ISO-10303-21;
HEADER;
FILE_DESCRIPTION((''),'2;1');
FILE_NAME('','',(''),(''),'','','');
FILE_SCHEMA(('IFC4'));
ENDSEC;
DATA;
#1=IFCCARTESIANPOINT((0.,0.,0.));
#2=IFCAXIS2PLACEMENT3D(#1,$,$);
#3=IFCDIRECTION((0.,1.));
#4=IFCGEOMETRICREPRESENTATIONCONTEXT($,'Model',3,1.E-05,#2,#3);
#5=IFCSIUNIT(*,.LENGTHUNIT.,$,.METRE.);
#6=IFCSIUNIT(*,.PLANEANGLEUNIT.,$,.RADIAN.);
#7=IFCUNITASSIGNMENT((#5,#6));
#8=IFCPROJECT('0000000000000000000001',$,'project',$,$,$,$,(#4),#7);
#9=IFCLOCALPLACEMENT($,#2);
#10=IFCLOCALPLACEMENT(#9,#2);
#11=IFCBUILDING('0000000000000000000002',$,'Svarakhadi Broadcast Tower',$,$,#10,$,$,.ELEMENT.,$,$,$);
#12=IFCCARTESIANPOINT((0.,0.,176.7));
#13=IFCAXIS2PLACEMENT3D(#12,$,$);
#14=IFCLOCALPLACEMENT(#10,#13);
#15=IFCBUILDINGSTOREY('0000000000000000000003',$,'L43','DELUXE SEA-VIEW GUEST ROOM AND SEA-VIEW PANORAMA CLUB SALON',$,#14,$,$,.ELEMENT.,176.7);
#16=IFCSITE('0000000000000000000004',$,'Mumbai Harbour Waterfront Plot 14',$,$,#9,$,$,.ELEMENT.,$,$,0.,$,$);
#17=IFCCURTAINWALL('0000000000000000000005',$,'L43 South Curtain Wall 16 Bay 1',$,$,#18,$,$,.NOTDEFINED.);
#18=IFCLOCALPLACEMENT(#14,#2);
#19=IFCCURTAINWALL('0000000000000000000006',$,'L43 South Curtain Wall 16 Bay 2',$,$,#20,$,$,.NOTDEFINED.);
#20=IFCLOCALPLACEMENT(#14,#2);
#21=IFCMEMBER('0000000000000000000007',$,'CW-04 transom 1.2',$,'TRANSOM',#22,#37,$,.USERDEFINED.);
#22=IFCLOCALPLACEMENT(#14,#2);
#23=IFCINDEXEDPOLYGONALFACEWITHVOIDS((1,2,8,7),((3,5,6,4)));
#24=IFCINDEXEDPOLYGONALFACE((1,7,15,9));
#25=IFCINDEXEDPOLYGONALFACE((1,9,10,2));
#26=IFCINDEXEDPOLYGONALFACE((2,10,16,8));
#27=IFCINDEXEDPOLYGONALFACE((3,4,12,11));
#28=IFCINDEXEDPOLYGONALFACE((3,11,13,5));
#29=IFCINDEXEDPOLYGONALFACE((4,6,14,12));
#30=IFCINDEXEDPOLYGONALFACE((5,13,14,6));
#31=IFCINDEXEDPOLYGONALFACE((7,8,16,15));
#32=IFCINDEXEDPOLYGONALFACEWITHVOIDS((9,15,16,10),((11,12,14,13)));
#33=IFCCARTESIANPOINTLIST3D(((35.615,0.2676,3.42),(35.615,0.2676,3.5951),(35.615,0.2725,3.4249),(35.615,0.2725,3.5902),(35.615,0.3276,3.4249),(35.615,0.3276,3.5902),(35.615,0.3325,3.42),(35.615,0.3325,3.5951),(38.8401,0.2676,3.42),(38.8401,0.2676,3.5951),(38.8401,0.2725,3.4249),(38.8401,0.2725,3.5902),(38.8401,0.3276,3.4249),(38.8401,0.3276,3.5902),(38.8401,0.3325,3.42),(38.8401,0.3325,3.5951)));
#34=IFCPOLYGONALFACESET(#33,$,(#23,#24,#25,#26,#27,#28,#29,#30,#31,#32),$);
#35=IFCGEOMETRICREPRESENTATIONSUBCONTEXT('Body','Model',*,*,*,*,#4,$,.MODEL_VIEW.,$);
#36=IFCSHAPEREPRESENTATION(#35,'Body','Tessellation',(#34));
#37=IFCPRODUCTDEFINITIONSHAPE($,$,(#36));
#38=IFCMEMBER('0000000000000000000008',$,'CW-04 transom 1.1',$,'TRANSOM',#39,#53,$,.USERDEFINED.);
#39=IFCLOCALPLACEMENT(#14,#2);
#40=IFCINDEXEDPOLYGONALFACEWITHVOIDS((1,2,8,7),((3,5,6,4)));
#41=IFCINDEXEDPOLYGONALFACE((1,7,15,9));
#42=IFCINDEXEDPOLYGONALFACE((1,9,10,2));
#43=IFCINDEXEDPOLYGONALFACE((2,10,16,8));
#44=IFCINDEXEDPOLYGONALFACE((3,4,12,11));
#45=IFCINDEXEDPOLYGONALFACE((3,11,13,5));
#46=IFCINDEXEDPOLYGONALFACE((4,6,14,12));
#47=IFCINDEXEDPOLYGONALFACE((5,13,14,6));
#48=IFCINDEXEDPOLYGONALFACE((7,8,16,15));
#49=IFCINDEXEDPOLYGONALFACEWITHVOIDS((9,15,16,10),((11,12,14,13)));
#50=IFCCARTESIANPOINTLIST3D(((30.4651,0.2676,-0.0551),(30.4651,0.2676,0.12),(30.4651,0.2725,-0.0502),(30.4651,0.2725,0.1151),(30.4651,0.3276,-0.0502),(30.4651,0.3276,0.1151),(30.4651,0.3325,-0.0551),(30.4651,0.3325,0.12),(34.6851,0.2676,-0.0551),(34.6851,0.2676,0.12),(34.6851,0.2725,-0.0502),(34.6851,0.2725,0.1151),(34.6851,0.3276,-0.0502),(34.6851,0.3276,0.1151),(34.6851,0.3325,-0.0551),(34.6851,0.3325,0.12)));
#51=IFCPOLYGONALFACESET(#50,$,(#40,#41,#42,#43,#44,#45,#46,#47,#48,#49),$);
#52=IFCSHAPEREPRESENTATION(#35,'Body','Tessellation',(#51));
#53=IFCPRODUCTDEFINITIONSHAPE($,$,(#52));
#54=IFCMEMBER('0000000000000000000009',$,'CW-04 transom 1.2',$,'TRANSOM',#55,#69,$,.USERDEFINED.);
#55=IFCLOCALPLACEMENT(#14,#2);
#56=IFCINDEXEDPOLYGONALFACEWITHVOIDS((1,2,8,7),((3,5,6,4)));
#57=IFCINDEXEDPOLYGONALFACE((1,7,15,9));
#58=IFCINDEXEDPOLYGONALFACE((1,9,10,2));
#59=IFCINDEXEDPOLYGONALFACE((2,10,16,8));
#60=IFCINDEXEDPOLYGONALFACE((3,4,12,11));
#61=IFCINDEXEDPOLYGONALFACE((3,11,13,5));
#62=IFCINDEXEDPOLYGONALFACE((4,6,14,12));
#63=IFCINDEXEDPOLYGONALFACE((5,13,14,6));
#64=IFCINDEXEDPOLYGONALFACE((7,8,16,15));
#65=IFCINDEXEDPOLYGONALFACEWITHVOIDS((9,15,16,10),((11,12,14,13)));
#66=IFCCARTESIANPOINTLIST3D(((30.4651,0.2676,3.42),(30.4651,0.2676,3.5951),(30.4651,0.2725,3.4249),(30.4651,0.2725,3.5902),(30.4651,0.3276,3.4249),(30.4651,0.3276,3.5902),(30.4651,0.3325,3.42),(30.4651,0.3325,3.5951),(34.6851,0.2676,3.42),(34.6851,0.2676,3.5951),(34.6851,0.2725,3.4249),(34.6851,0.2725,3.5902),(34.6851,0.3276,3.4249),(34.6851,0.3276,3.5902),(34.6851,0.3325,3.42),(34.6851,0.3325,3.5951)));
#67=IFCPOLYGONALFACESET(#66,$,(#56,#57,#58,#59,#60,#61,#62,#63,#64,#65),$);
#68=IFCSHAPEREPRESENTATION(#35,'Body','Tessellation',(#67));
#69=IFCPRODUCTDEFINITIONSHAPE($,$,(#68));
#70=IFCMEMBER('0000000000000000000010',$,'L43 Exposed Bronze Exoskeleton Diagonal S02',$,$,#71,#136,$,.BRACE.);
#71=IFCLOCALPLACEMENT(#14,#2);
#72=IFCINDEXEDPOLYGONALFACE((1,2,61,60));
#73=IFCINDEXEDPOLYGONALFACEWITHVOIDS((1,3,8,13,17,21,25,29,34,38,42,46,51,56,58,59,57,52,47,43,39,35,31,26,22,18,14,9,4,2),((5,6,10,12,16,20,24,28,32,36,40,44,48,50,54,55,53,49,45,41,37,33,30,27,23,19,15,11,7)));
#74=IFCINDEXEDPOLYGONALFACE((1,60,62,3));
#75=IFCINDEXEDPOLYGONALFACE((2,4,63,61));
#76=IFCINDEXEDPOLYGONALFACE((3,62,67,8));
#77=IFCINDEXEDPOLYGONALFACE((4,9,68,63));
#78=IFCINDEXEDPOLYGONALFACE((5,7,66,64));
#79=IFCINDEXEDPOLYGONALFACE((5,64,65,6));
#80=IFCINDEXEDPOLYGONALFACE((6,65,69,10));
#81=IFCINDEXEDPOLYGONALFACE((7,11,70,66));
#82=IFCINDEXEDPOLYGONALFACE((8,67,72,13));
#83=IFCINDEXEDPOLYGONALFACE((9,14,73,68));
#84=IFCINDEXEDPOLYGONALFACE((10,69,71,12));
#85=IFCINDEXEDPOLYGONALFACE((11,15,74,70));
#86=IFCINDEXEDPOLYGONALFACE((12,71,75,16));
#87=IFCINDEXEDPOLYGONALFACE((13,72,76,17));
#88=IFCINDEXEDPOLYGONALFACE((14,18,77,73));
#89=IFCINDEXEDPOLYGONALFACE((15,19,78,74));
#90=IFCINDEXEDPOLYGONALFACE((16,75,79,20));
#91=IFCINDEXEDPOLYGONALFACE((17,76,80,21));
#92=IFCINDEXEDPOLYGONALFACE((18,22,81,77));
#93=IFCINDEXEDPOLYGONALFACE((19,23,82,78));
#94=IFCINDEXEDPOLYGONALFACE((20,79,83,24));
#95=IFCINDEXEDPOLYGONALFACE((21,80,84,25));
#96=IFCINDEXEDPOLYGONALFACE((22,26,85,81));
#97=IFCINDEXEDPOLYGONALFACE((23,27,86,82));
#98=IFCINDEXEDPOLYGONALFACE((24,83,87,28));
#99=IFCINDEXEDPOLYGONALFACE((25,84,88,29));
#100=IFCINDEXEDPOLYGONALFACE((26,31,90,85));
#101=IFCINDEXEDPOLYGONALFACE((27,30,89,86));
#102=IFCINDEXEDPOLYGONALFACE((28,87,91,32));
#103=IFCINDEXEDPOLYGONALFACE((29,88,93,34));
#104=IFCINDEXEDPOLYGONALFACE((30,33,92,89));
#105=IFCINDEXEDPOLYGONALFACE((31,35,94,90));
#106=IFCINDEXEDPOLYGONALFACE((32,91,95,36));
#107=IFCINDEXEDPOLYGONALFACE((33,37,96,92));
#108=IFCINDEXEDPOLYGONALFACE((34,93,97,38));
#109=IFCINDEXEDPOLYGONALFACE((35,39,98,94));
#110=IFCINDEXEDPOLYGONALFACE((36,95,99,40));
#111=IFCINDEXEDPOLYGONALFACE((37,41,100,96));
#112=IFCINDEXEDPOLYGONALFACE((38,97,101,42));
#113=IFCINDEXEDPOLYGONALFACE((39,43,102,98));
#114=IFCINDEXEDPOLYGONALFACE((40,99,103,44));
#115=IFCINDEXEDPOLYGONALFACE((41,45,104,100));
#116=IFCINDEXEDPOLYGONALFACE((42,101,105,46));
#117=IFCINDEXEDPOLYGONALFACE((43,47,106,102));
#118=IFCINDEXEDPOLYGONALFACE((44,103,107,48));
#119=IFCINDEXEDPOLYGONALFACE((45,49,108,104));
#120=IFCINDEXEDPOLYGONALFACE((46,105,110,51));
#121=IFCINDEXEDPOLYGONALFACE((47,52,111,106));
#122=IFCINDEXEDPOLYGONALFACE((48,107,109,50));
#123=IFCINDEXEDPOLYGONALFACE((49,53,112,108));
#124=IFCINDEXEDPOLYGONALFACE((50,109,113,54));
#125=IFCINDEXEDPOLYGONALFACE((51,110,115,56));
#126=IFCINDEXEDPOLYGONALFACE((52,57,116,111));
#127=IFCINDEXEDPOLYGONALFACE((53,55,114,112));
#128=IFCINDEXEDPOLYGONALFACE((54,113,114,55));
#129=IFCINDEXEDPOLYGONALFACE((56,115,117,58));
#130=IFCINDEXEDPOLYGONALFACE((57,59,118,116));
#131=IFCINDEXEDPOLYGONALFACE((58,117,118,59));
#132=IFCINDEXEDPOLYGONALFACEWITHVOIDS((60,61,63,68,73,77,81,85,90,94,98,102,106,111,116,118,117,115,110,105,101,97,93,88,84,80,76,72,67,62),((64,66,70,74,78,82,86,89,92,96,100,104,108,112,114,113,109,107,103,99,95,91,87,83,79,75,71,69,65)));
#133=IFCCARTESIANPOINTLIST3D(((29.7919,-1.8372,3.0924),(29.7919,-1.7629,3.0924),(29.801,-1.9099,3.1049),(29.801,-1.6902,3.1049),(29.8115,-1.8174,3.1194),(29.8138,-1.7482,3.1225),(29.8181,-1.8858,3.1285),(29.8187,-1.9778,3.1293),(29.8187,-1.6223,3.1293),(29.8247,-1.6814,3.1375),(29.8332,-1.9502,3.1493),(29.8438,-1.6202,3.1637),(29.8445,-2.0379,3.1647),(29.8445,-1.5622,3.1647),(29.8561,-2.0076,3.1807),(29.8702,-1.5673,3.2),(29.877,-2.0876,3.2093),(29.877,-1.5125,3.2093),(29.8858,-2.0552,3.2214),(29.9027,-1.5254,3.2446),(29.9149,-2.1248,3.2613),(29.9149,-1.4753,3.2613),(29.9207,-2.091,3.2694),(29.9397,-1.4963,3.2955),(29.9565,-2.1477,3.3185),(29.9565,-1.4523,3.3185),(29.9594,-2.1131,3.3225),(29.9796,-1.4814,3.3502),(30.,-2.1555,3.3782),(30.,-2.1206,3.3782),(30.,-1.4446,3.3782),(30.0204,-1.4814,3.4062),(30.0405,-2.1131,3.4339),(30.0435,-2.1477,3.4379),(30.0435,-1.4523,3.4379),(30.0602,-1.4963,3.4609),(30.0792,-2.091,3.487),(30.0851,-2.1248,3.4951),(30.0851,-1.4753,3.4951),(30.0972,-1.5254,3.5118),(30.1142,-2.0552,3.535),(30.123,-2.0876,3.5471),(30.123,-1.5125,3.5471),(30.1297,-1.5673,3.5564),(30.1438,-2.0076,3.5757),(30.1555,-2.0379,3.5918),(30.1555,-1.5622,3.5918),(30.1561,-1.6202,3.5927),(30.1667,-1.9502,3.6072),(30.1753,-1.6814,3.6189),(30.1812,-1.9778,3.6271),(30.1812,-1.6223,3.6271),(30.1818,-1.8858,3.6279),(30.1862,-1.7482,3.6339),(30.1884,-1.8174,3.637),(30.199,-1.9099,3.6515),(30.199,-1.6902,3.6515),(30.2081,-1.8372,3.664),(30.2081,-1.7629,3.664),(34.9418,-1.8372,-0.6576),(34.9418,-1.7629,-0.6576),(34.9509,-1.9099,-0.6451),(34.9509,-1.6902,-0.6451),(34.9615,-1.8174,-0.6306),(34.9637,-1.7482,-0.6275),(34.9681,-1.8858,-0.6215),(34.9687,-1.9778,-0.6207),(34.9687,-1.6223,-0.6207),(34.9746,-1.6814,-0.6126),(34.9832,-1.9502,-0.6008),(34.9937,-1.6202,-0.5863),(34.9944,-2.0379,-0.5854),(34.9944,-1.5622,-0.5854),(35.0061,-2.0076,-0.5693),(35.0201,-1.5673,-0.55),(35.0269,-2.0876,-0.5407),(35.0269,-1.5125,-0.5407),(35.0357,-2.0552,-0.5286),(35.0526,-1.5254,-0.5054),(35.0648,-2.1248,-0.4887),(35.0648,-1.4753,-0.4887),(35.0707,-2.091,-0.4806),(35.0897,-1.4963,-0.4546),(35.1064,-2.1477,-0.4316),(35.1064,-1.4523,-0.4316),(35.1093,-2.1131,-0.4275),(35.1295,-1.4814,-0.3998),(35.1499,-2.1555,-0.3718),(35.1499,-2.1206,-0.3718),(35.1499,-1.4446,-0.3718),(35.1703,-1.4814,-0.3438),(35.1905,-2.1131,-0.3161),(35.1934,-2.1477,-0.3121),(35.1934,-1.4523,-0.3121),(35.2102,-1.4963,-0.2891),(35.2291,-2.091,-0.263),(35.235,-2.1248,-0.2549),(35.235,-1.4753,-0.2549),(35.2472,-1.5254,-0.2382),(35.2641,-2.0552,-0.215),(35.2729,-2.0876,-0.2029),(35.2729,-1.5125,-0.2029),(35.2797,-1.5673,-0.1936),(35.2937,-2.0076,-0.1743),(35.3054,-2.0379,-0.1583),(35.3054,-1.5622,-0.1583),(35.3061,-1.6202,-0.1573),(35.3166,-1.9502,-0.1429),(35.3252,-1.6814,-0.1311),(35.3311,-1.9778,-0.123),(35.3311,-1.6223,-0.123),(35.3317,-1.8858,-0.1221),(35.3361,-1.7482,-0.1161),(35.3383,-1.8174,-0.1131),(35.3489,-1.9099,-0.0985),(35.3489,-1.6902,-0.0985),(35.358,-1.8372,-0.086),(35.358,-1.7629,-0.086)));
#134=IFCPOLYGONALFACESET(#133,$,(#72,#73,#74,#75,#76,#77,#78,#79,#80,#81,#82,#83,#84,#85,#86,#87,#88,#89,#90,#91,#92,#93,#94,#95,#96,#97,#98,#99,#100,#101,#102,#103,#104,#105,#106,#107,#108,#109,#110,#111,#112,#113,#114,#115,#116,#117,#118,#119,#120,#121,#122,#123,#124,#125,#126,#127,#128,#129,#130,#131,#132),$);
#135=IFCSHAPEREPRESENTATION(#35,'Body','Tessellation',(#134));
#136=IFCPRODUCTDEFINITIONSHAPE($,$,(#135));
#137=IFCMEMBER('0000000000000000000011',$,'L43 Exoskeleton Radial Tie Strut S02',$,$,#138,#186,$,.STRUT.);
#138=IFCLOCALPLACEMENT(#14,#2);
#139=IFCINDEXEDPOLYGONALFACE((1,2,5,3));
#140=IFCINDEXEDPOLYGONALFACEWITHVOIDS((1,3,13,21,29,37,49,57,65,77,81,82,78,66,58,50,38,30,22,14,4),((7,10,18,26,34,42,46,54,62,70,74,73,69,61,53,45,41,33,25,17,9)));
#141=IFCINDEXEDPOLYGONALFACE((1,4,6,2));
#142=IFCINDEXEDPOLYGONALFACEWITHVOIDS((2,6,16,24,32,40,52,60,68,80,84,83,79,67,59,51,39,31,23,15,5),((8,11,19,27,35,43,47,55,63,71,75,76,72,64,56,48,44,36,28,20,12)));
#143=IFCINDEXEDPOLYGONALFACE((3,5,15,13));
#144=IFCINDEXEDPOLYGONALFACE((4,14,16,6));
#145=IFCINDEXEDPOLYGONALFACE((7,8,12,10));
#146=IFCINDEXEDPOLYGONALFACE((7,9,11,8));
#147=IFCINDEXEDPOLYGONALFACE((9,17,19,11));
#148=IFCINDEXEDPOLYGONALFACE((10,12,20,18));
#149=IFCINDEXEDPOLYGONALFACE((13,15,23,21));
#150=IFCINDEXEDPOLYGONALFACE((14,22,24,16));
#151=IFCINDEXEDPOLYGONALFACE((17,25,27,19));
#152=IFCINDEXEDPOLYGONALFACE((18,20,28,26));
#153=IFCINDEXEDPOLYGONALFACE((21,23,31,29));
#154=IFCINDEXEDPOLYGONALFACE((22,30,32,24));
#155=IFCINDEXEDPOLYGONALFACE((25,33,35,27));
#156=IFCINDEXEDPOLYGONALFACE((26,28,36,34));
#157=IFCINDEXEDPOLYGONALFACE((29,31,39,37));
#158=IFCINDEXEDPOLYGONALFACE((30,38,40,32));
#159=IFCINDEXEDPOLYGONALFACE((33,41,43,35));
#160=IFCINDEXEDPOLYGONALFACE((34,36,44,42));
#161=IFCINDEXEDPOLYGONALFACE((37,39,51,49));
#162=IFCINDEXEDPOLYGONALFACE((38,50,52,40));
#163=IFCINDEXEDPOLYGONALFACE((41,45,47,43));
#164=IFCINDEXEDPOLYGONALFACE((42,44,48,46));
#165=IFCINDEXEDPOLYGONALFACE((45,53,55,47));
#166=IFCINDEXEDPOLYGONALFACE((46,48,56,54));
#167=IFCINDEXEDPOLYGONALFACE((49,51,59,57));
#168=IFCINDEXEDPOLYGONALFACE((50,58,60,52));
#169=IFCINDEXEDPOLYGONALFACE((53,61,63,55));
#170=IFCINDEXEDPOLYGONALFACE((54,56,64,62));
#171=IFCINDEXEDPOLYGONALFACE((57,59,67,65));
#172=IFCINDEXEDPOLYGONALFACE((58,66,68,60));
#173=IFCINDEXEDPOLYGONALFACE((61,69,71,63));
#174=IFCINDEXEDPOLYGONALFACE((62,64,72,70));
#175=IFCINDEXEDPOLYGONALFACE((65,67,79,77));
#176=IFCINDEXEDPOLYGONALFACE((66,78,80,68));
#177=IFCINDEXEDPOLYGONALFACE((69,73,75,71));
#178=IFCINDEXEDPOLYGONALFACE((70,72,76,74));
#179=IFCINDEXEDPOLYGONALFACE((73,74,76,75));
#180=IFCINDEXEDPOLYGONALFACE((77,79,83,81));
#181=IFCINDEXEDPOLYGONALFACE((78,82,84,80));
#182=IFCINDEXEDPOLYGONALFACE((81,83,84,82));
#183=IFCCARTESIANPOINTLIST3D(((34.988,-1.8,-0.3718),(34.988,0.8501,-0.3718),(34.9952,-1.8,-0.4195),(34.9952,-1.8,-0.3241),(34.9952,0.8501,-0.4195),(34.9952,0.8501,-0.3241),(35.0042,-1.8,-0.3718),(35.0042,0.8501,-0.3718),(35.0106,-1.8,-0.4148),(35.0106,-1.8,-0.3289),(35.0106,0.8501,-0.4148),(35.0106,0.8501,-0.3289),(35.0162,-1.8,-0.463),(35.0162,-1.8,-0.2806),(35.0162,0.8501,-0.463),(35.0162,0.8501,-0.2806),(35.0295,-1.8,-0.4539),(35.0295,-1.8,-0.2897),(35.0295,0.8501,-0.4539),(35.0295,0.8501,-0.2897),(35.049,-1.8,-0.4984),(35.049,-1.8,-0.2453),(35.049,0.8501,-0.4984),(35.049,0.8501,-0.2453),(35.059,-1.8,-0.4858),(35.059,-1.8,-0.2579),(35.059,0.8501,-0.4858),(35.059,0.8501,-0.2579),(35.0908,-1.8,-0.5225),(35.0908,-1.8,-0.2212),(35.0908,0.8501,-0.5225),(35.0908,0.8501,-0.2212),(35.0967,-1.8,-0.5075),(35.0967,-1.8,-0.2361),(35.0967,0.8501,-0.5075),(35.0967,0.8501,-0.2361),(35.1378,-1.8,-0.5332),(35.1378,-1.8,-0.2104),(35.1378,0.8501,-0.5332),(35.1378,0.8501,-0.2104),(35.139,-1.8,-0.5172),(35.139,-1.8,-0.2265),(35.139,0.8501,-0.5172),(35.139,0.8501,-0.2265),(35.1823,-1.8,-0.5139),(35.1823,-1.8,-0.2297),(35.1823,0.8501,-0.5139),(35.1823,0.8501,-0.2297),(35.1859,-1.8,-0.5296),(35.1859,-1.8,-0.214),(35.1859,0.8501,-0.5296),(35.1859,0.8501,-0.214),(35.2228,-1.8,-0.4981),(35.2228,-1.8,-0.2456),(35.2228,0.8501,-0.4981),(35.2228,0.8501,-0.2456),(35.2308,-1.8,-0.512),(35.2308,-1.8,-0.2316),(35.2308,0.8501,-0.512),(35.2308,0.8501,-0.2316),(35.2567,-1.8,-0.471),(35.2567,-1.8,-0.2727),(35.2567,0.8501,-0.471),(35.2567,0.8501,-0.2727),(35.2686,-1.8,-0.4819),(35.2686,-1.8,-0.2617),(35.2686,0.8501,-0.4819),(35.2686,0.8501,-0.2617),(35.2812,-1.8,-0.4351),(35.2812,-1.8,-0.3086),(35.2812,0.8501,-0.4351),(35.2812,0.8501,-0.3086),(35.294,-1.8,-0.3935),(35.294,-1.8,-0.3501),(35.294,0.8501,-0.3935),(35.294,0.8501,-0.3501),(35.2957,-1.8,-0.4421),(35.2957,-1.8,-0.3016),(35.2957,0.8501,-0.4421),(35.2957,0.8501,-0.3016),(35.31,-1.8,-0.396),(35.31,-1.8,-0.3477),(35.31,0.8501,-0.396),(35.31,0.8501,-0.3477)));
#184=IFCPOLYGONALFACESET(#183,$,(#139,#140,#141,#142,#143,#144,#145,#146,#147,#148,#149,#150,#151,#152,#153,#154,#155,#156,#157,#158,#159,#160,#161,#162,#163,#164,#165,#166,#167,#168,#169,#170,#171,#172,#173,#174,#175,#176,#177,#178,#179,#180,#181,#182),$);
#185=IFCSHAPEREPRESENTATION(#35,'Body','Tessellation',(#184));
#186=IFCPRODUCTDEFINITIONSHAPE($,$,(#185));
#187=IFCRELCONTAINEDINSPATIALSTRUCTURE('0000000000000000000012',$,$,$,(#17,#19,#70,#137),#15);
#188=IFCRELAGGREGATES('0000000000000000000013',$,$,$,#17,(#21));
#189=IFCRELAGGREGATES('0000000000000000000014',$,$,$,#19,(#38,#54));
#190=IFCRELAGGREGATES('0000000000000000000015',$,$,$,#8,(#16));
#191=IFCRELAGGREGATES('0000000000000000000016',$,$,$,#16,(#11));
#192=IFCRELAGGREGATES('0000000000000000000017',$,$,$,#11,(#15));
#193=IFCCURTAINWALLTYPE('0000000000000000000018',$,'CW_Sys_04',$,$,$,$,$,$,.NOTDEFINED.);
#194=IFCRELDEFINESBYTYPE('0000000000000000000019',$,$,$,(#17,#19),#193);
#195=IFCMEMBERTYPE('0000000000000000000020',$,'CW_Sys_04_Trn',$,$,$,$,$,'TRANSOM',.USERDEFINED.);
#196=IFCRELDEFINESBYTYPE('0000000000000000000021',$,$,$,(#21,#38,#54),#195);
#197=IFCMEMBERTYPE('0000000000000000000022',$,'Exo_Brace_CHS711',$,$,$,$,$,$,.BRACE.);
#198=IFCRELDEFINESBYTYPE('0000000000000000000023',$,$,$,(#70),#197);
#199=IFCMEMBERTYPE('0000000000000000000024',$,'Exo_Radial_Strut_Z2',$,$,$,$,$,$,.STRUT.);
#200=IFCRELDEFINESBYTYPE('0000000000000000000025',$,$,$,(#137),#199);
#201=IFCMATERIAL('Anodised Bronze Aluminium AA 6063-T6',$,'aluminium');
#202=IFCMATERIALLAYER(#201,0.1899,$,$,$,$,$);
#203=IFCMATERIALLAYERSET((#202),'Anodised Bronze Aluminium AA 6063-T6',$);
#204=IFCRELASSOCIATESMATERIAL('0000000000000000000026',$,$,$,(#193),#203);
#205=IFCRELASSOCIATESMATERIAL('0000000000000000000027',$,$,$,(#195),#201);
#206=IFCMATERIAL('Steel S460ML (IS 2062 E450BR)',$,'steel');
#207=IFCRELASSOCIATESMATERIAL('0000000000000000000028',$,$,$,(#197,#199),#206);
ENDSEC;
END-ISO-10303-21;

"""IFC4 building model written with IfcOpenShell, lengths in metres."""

from ifc_helpers import new_model, si_unit, direction, frame, origin, origin_2d, place, context, subcontext, project, spatial, hollow_rectangle, hollow_circle, extrude, material, layer, layer_set, material_profile, profile_set, type_object, element, aggregate, save


model = new_model("IFC4")

# Units and contexts
model_context = context("Model", 3, precision=1e-05, world=origin(), true_north=direction((0.0, 1.0)))
body_context = subcontext(model_context, "Body", "Model", "MODEL_VIEW")
ifc_project = project(units=[si_unit("LENGTHUNIT", "METRE"), si_unit("PLANEANGLEUNIT", "RADIAN")], contexts=[model_context])

# Site, building, storey
site_placement = place(None, origin())
site = spatial("IfcSite", under=ifc_project, at=site_placement, Name="Mumbai Harbour Waterfront Plot 14", CompositionType="ELEMENT", RefElevation=0.0)
building_placement = place(site_placement, origin())
building = spatial("IfcBuilding", under=site, at=building_placement, Name="Svarakhadi Broadcast Tower", CompositionType="ELEMENT")
storey_placement = place(building_placement, frame((0.0, 0.0, 176.7)))
storey = spatial("IfcBuildingStorey", under=building, at=storey_placement, Name="L43", Description="DELUXE SEA-VIEW GUEST ROOM AND SEA-VIEW PANORAMA CLUB SALON", CompositionType="ELEMENT", Elevation=176.7)

# Shared definitions
ifc_material_1 = material(Name="Anodised Bronze Aluminium AA 6063-T6", Category="aluminium")
ifc_layer_1 = layer(ifc_material_1, 0.1899)
ifc_layer_set_1 = layer_set([ifc_layer_1], Name="Anodised Bronze Aluminium AA 6063-T6")
curtain_wall_type = type_object("IfcCurtainWallType", Name="CW_Sys_04", PredefinedType="NOTDEFINED", material=ifc_layer_set_1)

# Curtain wall
curtain_wall_1_placement = place(storey_placement, origin())
curtain_wall_1 = element("IfcCurtainWall", 1, at=curtain_wall_1_placement, inside=storey, type_object=curtain_wall_type, Name="L43 South Curtain Wall 16 Bay 1", PredefinedType="NOTDEFINED")

# Curtain wall
curtain_wall_2_placement = place(storey_placement, origin())
curtain_wall_2 = element("IfcCurtainWall", 2, at=curtain_wall_2_placement, inside=storey, type_object=curtain_wall_type, Name="L43 South Curtain Wall 16 Bay 2", PredefinedType="NOTDEFINED")

# Members
ifc_material_profile_1 = material_profile(ifc_material_1, hollow_rectangle(XDim=0.0649, YDim=0.175, WallThickness=0.0049, at=origin_2d()), Name="ALU TRANSOM 175x65x5")
ifc_profile_set_1 = profile_set([ifc_material_profile_1], Name="Anodised Bronze Aluminium AA 6063-T6")
member_type_1 = type_object("IfcMemberType", Name="CW_Sys_04_Trn", ElementType="TRANSOM", PredefinedType="USERDEFINED", material=ifc_profile_set_1)
member_1_placement = place(storey_placement, frame((38.8401, 0.3, 3.5076), z_axis=(-1.0, 0.0, 0.0), x_axis=(0.0, -1.0, 0.0)))
member_1 = element("IfcMember", 3, at=member_1_placement, type_object=member_type_1, Name="CW-04 transom 1.2", ObjectType="TRANSOM", PredefinedType="USERDEFINED", context=body_context, shape_type="SweptSolid", body=[
    extrude(hollow_rectangle(XDim=0.0649, YDim=0.175, WallThickness=0.0049, at=origin_2d()), origin(), (0.0, 0.0, 1.0), 3.2251),
])
member_2_placement = place(storey_placement, frame((34.6851, 0.3, 0.0325), z_axis=(-1.0, 0.0, 0.0), x_axis=(0.0, -1.0, 0.0)))
member_2 = element("IfcMember", 4, at=member_2_placement, type_object=member_type_1, Name="CW-04 transom 1.1", ObjectType="TRANSOM", PredefinedType="USERDEFINED", context=body_context, shape_type="SweptSolid", body=[
    extrude(hollow_rectangle(XDim=0.0649, YDim=0.175, WallThickness=0.0049, at=origin_2d()), origin(), (0.0, 0.0, 1.0), 4.22),
])
member_3_placement = place(storey_placement, frame((34.6851, 0.3, 3.5076), z_axis=(-1.0, 0.0, 0.0), x_axis=(0.0, -1.0, 0.0)))
member_3 = element("IfcMember", 5, at=member_3_placement, type_object=member_type_1, Name="CW-04 transom 1.2", ObjectType="TRANSOM", PredefinedType="USERDEFINED", context=body_context, shape_type="SweptSolid", body=[
    extrude(hollow_rectangle(XDim=0.0649, YDim=0.175, WallThickness=0.0049, at=origin_2d()), origin(), (0.0, 0.0, 1.0), 4.22),
])

# Members
ifc_material_2 = material(Name="Steel S460ML (IS 2062 E450BR)", Category="steel")
ifc_material_profile_2 = material_profile(ifc_material_2, hollow_circle(Radius=0.3555, WallThickness=0.0349, at=origin_2d()), Name="CHS 711x35")
ifc_profile_set_2 = profile_set([ifc_material_profile_2], Name="Steel S460ML (IS 2062 E450BR)")
member_type_2 = type_object("IfcMemberType", Name="Exo_Brace_CHS711", PredefinedType="BRACE", material=ifc_profile_set_2)
member_4_placement = place(storey_placement, frame((35.1499, -1.8, -0.3718), z_axis=(-0.808391, 0.0, 0.588646), x_axis=(0.0, -1.0, 0.0)))
element("IfcMember", 6, at=member_4_placement, inside=storey, type_object=member_type_2, Name="L43 Exposed Bronze Exoskeleton Diagonal S02", PredefinedType="BRACE", context=body_context, shape_type="SweptSolid", body=[
    extrude(hollow_circle(Radius=0.3555, WallThickness=0.0349, at=origin_2d()), origin(), (0.0, 0.0, 1.0), 6.3706),
])
ifc_material_profile_3 = material_profile(ifc_material_2, hollow_circle(Radius=0.1619, WallThickness=0.0161, at=origin_2d()), Name="CHS 323.9x16")
ifc_profile_set_3 = profile_set([ifc_material_profile_3], Name="Steel S460ML (IS 2062 E450BR)")
member_type_3 = type_object("IfcMemberType", Name="Exo_Radial_Strut_Z2", PredefinedType="STRUT", material=ifc_profile_set_3)
member_5_placement = place(storey_placement, frame((35.1499, -1.8, -0.3718), z_axis=(0.0, 1.0, 0.0), x_axis=(-1.0, 0.0, 0.0)))
element("IfcMember", 7, at=member_5_placement, inside=storey, type_object=member_type_3, Name="L43 Exoskeleton Radial Tie Strut S02", PredefinedType="STRUT", context=body_context, shape_type="SweptSolid", body=[
    extrude(hollow_circle(Radius=0.1619, WallThickness=0.0161, at=origin_2d()), origin(), (0.0, 0.0, 1.0), 2.6501),
])

aggregate(curtain_wall_1, [member_1])
aggregate(curtain_wall_2, [member_2, member_3])

save(model, "model.ifc")
